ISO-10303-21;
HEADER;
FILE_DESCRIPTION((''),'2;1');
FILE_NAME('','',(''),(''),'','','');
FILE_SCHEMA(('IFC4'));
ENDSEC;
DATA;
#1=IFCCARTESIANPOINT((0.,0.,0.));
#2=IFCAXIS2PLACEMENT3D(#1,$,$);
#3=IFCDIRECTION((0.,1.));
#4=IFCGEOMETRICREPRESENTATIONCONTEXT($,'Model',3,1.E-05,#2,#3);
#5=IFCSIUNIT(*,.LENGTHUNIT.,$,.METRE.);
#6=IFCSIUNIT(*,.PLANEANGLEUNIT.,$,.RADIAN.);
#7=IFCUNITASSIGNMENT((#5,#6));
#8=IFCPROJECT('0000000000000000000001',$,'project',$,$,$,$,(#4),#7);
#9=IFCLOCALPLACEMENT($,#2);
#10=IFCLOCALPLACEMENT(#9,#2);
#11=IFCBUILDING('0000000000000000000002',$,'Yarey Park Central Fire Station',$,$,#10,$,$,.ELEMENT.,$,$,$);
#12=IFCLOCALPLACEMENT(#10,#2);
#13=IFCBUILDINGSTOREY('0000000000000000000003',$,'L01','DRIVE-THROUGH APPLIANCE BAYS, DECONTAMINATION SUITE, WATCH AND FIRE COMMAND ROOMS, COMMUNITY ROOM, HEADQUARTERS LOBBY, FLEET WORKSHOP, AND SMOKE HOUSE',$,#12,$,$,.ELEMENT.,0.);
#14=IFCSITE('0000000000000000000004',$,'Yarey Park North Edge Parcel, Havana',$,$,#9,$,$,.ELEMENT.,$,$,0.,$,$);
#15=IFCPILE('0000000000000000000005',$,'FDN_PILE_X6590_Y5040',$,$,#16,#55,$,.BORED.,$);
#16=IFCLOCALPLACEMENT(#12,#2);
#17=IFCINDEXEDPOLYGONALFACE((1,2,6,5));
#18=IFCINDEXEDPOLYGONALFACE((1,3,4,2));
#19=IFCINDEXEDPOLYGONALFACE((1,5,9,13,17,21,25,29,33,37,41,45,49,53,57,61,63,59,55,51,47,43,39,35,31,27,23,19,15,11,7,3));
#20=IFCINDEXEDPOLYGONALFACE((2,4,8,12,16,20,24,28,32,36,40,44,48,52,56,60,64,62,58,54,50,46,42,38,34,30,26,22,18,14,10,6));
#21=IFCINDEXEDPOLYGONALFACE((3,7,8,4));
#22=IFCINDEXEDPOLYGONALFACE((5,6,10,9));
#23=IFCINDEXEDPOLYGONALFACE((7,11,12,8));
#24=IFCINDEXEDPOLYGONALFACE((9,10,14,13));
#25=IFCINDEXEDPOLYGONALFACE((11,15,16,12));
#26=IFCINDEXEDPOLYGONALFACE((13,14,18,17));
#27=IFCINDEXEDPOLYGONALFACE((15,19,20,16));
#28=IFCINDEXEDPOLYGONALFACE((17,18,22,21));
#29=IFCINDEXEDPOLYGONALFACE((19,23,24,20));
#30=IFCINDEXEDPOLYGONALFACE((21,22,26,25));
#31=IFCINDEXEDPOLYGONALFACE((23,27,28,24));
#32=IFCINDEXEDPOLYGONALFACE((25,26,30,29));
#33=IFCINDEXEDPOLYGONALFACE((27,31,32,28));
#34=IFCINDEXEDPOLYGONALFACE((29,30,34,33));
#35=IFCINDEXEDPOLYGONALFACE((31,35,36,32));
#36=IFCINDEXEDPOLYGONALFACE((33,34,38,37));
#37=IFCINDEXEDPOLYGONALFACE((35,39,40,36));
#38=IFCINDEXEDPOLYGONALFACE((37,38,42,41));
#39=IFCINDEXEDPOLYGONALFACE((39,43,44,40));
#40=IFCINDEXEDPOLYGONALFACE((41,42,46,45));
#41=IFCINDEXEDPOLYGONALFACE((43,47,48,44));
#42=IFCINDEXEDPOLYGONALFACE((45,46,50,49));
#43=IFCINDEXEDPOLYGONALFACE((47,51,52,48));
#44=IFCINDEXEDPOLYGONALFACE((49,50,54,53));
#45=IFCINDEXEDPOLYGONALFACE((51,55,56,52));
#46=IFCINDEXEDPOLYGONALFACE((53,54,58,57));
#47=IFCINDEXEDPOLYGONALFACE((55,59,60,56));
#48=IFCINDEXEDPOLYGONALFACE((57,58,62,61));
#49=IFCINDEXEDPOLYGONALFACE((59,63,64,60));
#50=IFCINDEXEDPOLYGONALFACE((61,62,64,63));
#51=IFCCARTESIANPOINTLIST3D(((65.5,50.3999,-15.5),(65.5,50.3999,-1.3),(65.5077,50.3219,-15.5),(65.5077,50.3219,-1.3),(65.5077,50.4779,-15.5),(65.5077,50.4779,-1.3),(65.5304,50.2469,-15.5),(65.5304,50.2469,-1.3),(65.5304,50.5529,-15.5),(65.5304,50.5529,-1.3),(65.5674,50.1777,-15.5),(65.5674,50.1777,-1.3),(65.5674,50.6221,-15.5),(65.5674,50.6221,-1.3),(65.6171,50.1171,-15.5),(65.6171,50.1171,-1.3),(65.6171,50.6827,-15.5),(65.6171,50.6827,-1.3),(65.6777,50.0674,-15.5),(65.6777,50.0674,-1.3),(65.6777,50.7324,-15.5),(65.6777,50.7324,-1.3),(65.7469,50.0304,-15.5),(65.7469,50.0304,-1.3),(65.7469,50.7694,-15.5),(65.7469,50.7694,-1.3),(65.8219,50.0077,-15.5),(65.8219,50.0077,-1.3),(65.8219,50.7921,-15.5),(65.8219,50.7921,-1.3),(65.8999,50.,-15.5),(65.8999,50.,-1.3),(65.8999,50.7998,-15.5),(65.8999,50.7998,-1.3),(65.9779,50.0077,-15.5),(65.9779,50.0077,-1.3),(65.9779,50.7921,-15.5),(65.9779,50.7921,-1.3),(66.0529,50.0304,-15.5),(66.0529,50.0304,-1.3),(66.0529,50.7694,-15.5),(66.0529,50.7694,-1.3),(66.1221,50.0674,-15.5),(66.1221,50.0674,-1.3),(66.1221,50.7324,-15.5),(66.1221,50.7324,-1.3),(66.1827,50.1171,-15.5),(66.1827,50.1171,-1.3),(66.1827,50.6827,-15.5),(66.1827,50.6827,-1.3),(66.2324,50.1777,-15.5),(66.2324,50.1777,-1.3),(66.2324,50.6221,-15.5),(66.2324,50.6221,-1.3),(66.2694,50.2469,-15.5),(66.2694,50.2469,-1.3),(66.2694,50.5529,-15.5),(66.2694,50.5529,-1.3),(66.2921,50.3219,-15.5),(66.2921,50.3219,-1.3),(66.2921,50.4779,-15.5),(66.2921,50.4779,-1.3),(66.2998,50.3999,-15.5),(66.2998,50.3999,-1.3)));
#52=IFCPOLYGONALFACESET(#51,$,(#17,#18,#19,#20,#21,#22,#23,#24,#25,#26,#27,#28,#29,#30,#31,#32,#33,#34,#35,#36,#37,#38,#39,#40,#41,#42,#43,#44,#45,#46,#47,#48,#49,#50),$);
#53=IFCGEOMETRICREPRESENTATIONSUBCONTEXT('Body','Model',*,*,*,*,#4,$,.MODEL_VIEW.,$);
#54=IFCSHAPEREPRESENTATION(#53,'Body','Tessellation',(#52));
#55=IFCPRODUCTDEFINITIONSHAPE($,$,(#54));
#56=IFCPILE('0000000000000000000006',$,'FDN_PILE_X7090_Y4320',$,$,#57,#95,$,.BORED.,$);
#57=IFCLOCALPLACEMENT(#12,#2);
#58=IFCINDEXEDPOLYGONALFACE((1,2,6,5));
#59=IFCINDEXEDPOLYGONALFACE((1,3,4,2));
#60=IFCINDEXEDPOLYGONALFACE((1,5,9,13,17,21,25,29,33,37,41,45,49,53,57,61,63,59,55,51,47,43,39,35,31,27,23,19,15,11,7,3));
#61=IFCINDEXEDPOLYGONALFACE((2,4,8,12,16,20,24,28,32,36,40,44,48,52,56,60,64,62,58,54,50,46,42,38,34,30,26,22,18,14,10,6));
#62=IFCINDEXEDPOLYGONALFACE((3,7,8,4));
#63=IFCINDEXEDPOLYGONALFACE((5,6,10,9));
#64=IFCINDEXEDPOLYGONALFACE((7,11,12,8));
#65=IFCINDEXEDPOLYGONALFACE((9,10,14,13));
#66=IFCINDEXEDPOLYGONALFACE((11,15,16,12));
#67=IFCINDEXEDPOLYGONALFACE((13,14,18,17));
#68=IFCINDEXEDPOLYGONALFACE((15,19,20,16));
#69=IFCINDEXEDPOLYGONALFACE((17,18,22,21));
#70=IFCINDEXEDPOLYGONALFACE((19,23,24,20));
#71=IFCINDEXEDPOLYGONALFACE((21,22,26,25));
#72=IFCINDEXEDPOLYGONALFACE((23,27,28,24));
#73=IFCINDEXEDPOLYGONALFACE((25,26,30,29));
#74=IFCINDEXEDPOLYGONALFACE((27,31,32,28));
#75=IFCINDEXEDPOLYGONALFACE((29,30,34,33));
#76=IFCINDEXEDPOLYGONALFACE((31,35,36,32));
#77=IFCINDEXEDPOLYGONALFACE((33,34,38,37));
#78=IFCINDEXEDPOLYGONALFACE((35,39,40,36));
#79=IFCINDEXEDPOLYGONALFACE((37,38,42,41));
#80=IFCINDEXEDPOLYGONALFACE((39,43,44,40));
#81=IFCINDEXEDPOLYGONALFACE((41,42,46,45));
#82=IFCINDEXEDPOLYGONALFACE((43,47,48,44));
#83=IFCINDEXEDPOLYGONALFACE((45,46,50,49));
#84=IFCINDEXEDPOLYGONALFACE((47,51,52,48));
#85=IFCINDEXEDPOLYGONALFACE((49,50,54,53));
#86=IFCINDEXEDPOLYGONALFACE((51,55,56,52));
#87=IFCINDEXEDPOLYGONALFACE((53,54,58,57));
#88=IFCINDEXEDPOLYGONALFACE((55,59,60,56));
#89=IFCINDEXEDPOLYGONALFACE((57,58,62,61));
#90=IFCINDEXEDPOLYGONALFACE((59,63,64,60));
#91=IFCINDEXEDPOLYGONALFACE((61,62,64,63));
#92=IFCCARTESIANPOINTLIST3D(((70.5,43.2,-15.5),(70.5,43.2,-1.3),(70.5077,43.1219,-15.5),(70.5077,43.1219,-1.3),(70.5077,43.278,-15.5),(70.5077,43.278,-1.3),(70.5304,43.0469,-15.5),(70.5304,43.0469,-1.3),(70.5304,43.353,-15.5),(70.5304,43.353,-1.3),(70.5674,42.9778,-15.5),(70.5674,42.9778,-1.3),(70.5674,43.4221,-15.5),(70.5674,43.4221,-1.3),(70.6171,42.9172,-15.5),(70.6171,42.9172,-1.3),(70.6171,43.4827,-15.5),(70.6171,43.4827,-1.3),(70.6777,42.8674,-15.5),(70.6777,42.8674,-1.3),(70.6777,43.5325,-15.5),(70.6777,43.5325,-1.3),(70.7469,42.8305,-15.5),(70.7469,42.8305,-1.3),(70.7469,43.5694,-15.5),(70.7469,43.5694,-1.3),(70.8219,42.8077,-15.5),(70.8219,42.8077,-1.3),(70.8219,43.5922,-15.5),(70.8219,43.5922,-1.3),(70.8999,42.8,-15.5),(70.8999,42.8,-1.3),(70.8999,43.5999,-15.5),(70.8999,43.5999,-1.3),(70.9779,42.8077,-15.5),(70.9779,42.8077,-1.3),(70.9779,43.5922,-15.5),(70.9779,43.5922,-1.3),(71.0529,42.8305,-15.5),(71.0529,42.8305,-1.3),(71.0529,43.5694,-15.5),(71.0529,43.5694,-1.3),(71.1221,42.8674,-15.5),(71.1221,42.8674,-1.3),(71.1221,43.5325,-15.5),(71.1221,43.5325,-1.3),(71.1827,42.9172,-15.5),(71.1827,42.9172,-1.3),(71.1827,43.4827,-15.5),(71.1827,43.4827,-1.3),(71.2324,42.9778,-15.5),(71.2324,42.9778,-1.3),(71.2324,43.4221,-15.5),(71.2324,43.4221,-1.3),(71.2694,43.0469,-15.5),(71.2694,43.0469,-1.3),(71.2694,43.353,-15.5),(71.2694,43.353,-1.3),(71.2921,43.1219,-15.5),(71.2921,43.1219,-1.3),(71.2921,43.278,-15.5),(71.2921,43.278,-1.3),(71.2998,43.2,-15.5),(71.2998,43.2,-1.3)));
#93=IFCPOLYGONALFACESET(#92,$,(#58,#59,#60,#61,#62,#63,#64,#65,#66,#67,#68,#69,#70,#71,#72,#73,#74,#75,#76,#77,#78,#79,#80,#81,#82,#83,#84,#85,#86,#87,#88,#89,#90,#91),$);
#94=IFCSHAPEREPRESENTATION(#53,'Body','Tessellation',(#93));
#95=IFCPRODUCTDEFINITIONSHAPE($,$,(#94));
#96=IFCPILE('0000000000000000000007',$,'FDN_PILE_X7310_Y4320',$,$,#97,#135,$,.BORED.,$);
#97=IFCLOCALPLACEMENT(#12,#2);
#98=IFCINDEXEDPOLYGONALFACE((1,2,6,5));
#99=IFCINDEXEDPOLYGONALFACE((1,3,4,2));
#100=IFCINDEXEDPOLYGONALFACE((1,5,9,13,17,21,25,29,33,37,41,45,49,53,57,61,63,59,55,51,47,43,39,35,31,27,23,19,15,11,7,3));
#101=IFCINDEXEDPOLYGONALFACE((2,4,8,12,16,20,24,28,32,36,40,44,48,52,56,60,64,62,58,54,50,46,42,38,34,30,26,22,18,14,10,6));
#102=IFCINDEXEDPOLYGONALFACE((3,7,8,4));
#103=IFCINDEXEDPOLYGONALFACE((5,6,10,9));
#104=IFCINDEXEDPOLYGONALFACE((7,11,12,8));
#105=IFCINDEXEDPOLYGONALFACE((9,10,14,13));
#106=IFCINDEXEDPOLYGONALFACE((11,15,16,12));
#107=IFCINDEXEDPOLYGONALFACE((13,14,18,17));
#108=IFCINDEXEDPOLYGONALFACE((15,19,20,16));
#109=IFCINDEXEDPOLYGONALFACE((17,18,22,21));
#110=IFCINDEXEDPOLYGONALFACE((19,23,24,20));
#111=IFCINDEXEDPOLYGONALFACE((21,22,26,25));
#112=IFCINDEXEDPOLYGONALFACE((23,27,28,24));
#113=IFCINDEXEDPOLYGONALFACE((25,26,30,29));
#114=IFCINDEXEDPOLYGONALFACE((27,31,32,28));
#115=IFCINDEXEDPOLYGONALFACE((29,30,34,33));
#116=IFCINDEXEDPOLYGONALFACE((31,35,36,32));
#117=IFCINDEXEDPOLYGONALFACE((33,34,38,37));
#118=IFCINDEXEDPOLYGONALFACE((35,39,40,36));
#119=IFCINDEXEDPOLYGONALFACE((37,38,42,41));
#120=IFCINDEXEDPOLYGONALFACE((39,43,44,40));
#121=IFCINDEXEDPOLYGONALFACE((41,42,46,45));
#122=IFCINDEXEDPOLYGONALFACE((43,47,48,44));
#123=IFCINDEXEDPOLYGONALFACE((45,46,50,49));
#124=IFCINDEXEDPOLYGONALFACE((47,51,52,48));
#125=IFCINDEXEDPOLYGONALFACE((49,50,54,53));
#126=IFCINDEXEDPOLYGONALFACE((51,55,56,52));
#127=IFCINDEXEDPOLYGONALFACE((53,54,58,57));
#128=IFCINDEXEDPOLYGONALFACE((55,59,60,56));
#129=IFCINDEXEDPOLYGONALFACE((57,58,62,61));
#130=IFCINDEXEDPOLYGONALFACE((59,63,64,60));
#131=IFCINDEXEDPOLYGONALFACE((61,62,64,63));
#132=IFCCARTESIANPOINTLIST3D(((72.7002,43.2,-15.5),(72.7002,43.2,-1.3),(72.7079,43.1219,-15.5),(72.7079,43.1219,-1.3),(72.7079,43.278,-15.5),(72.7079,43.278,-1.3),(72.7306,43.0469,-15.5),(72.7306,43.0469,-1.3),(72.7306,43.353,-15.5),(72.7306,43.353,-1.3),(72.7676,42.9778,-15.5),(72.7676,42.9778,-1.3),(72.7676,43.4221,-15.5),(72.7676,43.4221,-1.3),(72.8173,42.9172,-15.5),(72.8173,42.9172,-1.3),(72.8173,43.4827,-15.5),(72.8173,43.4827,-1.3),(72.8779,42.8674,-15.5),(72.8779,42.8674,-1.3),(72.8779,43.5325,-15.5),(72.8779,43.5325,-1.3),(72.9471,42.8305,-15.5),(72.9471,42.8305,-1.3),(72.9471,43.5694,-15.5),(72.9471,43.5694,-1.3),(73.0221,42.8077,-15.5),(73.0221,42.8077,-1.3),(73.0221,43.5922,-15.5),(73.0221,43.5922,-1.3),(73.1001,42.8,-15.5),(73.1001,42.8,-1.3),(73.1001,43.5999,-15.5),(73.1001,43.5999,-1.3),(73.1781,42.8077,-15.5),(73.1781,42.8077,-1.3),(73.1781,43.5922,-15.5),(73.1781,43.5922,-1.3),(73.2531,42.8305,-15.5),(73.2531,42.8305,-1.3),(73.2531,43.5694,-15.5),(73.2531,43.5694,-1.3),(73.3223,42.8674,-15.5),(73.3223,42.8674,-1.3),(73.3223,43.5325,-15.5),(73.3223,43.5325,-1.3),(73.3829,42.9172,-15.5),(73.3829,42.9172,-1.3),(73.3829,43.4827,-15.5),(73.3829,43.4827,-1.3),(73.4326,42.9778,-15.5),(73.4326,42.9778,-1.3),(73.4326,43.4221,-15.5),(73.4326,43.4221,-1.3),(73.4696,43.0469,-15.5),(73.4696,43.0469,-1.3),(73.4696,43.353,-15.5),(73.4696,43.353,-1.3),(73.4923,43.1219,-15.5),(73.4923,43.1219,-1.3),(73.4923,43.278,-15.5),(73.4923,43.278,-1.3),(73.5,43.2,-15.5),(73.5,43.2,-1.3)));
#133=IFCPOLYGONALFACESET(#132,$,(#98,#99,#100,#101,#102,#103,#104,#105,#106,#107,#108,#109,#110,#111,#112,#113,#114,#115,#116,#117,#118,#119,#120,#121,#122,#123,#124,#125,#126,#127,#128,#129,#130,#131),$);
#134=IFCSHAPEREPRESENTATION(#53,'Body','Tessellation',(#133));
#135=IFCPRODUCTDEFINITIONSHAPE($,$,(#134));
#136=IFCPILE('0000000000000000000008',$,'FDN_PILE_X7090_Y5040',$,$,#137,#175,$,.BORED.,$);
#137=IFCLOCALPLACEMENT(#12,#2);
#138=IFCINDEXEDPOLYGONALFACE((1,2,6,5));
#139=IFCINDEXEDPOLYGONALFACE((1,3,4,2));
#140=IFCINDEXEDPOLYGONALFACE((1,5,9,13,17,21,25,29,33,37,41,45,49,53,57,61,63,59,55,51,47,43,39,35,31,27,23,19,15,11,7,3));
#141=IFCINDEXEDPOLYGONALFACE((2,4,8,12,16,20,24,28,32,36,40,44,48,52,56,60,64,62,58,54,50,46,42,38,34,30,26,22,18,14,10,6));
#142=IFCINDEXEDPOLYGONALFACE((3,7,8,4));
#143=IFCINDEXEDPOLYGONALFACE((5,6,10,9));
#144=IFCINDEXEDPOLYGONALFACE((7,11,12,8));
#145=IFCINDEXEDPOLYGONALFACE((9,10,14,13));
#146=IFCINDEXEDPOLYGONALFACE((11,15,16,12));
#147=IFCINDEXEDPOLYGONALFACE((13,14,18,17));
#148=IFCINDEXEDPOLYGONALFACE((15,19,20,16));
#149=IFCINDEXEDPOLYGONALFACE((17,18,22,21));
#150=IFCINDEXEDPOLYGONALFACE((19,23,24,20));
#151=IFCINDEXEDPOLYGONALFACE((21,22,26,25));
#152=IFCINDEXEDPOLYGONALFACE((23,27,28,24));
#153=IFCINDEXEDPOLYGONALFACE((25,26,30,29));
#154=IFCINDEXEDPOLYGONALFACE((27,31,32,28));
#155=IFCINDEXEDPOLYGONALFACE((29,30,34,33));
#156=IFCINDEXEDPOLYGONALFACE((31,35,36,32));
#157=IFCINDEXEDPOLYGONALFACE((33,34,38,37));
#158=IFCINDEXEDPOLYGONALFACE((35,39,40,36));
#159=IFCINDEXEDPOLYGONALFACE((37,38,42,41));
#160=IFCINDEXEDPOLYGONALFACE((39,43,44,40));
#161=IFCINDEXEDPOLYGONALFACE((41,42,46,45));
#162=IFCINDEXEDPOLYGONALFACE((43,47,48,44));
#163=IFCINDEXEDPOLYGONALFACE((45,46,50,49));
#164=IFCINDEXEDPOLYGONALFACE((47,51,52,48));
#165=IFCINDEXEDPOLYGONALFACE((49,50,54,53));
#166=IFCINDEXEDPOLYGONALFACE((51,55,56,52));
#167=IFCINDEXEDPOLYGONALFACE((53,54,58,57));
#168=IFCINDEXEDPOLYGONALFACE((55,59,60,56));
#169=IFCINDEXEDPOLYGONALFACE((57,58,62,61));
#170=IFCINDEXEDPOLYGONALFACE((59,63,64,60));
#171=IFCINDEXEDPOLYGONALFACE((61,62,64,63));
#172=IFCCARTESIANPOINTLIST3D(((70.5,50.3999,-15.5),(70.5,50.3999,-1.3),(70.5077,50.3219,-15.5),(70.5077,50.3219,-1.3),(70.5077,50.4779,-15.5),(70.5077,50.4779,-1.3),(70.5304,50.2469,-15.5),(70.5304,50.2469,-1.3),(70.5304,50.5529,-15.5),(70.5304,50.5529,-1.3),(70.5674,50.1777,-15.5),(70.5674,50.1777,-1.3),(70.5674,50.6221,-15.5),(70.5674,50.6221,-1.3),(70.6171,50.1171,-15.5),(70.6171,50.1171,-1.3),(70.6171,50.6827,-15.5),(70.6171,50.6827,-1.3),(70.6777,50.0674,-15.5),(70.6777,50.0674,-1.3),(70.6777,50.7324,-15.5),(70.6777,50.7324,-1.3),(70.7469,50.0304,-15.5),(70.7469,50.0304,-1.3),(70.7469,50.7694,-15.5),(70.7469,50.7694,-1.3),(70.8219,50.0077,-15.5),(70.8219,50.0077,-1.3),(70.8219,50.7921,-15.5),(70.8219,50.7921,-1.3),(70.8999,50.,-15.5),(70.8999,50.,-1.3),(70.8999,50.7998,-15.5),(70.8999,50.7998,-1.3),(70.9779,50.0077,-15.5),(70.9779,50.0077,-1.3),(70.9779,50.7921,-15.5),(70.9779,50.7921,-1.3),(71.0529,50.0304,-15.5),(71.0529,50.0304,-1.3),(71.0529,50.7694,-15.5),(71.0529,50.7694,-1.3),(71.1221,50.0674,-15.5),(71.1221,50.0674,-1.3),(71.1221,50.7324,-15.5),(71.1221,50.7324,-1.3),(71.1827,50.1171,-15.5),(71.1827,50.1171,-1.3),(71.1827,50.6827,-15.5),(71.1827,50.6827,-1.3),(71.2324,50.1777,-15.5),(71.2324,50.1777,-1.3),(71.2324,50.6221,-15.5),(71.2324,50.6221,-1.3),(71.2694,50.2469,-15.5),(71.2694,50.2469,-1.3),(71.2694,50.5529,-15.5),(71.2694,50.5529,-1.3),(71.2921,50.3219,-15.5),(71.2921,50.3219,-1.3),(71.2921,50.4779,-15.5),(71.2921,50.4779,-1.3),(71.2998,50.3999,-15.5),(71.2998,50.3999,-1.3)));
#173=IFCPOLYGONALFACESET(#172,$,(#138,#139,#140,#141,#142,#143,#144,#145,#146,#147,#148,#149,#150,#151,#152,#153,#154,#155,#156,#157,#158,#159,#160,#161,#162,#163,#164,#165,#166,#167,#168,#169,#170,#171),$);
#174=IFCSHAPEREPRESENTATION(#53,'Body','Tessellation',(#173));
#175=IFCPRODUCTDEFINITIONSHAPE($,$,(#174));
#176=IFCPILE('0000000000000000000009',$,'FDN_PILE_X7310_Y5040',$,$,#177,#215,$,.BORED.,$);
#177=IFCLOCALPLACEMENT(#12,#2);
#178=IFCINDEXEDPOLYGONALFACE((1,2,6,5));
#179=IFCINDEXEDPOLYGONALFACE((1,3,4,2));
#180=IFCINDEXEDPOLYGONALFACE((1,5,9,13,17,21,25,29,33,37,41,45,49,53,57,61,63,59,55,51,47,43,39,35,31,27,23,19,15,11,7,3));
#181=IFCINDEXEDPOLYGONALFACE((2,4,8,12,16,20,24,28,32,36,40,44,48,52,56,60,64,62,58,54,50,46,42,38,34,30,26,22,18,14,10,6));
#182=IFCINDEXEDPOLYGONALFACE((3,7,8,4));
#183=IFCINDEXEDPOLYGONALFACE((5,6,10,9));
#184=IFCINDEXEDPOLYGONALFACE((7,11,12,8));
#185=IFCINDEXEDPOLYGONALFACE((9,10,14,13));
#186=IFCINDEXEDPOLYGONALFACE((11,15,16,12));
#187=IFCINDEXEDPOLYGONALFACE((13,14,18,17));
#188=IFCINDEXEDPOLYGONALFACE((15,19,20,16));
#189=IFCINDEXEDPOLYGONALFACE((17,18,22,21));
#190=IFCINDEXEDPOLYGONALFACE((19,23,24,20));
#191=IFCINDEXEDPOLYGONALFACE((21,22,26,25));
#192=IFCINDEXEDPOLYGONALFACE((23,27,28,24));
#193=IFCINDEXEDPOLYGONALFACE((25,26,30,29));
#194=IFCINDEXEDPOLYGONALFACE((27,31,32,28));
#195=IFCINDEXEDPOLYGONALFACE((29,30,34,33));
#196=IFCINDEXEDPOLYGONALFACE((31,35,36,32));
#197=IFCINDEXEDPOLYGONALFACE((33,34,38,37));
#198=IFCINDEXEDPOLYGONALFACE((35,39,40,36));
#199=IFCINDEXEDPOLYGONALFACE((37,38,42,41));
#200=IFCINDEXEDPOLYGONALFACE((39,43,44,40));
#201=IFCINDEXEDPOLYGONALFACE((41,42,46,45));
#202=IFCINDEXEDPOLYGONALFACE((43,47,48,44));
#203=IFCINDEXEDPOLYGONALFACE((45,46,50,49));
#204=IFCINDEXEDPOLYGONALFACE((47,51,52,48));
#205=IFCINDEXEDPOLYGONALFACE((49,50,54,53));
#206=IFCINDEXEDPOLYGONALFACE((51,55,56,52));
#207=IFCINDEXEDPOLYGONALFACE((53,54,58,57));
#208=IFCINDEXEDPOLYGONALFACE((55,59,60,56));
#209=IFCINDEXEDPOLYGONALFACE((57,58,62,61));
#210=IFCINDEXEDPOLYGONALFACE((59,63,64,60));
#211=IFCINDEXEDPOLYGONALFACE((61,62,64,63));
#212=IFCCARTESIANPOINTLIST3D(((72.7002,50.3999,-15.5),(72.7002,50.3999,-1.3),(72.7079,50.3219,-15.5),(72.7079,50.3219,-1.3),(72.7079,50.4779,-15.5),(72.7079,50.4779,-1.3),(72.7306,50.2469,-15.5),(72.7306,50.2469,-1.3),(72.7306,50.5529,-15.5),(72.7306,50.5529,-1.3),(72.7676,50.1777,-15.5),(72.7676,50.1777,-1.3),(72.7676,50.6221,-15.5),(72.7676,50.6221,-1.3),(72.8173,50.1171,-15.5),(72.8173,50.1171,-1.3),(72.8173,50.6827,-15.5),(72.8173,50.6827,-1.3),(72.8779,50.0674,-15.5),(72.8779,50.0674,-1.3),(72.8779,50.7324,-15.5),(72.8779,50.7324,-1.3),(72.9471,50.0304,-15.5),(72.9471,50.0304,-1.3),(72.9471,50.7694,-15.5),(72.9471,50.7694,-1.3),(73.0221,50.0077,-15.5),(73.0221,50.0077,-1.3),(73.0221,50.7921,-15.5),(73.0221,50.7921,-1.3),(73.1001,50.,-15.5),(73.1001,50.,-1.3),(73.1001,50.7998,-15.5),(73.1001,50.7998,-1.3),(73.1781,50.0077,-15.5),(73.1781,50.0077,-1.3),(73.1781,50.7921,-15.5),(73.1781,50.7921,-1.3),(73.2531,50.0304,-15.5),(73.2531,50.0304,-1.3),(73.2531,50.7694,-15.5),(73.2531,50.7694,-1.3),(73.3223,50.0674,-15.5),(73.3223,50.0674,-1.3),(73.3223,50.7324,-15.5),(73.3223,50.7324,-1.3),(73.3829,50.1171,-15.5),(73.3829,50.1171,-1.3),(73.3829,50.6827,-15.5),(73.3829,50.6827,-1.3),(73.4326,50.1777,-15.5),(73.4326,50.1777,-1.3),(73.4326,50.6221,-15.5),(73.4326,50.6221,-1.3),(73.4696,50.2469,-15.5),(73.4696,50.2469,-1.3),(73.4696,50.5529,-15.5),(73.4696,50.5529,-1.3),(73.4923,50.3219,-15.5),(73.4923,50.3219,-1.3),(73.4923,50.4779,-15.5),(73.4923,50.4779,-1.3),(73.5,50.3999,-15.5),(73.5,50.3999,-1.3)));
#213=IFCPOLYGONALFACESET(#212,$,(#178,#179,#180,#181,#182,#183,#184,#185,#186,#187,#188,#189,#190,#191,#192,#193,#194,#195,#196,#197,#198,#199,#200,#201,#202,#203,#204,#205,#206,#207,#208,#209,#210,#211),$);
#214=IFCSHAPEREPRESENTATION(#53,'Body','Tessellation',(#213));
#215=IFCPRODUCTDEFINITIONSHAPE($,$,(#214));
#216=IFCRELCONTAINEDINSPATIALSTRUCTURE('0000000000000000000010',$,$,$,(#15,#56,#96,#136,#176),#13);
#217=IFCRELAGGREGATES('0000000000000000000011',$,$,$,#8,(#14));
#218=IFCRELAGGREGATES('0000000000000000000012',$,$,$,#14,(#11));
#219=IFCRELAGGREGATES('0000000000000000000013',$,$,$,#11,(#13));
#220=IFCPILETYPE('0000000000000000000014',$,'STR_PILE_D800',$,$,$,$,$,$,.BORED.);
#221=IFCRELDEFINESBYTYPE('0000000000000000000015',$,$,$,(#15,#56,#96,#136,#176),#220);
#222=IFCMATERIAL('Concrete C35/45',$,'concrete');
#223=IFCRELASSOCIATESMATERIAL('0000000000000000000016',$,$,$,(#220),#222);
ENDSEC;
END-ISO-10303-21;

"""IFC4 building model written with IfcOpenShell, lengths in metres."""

from ifc_helpers import new_model, si_unit, direction, frame, origin, origin_2d, place, context, subcontext, project, spatial, circle, extrude, material, material_profile, profile_set, type_object, element, save


model = new_model("IFC4")

# Units and contexts
model_context = context("Model", 3, precision=1e-05, world=origin(), true_north=direction((0.0, 1.0)))
body_context = subcontext(model_context, "Body", "Model", "MODEL_VIEW")
ifc_project = project(units=[si_unit("LENGTHUNIT", "METRE"), si_unit("PLANEANGLEUNIT", "RADIAN")], contexts=[model_context])

# Site, building, storey
site_placement = place(None, origin())
site = spatial("IfcSite", under=ifc_project, at=site_placement, Name="Yarey Park North Edge Parcel, Havana", CompositionType="ELEMENT", RefElevation=0.0)
building_placement = place(site_placement, origin())
building = spatial("IfcBuilding", under=site, at=building_placement, Name="Yarey Park Central Fire Station", CompositionType="ELEMENT")
storey_placement = place(building_placement, origin())
storey = spatial("IfcBuildingStorey", under=building, at=storey_placement, Name="L01", Description="DRIVE-THROUGH APPLIANCE BAYS, DECONTAMINATION SUITE, WATCH AND FIRE COMMAND ROOMS, COMMUNITY ROOM, HEADQUARTERS LOBBY, FLEET WORKSHOP, AND SMOKE HOUSE", CompositionType="ELEMENT", Elevation=0.0)

# Shared definitions
ifc_material_1 = material(Name="Concrete C35/45", Category="concrete")

# Piles
ifc_material_profile_1 = material_profile(ifc_material_1, circle(Radius=0.3999, at=origin_2d()), Name="BORED PILE D800")
ifc_profile_set_1 = profile_set([ifc_material_profile_1], Name="Concrete C35/45")
pile_type_1 = type_object("IfcPileType", Name="STR_PILE_D800", PredefinedType="BORED", material=ifc_profile_set_1)
for number, where, z_axis, x_axis, name in (
    (1, (65.8999, 50.3999, -1.3), (0.0, 0.0, -1.0), (1.0, 0.0, 0.0), "FDN_PILE_X6590_Y5040"),
    (2, (70.8999, 43.2, -1.3), (0.0, 0.0, -1.0), (1.0, 0.0, 0.0), "FDN_PILE_X7090_Y4320"),
    (3, (73.1001, 43.2, -1.3), (0.0, 0.0, -1.0), (1.0, 0.0, 0.0), "FDN_PILE_X7310_Y4320"),
    (4, (70.8999, 50.3999, -1.3), (0.0, 0.0, -1.0), (1.0, 0.0, 0.0), "FDN_PILE_X7090_Y5040"),
    (5, (73.1001, 50.3999, -1.3), (0.0, 0.0, -1.0), (1.0, 0.0, 0.0), "FDN_PILE_X7310_Y5040"),
):
    element("IfcPile", number, at=place(storey_placement, frame(where, z_axis=z_axis, x_axis=x_axis)), inside=storey, type_object=pile_type_1, Name=name, PredefinedType="BORED", context=body_context, shape_type="SweptSolid", body=[
        extrude(circle(Radius=0.3999, at=origin_2d()), origin(), (0.0, 0.0, 1.0), 14.2),
    ])

save(model, "model.ifc")
